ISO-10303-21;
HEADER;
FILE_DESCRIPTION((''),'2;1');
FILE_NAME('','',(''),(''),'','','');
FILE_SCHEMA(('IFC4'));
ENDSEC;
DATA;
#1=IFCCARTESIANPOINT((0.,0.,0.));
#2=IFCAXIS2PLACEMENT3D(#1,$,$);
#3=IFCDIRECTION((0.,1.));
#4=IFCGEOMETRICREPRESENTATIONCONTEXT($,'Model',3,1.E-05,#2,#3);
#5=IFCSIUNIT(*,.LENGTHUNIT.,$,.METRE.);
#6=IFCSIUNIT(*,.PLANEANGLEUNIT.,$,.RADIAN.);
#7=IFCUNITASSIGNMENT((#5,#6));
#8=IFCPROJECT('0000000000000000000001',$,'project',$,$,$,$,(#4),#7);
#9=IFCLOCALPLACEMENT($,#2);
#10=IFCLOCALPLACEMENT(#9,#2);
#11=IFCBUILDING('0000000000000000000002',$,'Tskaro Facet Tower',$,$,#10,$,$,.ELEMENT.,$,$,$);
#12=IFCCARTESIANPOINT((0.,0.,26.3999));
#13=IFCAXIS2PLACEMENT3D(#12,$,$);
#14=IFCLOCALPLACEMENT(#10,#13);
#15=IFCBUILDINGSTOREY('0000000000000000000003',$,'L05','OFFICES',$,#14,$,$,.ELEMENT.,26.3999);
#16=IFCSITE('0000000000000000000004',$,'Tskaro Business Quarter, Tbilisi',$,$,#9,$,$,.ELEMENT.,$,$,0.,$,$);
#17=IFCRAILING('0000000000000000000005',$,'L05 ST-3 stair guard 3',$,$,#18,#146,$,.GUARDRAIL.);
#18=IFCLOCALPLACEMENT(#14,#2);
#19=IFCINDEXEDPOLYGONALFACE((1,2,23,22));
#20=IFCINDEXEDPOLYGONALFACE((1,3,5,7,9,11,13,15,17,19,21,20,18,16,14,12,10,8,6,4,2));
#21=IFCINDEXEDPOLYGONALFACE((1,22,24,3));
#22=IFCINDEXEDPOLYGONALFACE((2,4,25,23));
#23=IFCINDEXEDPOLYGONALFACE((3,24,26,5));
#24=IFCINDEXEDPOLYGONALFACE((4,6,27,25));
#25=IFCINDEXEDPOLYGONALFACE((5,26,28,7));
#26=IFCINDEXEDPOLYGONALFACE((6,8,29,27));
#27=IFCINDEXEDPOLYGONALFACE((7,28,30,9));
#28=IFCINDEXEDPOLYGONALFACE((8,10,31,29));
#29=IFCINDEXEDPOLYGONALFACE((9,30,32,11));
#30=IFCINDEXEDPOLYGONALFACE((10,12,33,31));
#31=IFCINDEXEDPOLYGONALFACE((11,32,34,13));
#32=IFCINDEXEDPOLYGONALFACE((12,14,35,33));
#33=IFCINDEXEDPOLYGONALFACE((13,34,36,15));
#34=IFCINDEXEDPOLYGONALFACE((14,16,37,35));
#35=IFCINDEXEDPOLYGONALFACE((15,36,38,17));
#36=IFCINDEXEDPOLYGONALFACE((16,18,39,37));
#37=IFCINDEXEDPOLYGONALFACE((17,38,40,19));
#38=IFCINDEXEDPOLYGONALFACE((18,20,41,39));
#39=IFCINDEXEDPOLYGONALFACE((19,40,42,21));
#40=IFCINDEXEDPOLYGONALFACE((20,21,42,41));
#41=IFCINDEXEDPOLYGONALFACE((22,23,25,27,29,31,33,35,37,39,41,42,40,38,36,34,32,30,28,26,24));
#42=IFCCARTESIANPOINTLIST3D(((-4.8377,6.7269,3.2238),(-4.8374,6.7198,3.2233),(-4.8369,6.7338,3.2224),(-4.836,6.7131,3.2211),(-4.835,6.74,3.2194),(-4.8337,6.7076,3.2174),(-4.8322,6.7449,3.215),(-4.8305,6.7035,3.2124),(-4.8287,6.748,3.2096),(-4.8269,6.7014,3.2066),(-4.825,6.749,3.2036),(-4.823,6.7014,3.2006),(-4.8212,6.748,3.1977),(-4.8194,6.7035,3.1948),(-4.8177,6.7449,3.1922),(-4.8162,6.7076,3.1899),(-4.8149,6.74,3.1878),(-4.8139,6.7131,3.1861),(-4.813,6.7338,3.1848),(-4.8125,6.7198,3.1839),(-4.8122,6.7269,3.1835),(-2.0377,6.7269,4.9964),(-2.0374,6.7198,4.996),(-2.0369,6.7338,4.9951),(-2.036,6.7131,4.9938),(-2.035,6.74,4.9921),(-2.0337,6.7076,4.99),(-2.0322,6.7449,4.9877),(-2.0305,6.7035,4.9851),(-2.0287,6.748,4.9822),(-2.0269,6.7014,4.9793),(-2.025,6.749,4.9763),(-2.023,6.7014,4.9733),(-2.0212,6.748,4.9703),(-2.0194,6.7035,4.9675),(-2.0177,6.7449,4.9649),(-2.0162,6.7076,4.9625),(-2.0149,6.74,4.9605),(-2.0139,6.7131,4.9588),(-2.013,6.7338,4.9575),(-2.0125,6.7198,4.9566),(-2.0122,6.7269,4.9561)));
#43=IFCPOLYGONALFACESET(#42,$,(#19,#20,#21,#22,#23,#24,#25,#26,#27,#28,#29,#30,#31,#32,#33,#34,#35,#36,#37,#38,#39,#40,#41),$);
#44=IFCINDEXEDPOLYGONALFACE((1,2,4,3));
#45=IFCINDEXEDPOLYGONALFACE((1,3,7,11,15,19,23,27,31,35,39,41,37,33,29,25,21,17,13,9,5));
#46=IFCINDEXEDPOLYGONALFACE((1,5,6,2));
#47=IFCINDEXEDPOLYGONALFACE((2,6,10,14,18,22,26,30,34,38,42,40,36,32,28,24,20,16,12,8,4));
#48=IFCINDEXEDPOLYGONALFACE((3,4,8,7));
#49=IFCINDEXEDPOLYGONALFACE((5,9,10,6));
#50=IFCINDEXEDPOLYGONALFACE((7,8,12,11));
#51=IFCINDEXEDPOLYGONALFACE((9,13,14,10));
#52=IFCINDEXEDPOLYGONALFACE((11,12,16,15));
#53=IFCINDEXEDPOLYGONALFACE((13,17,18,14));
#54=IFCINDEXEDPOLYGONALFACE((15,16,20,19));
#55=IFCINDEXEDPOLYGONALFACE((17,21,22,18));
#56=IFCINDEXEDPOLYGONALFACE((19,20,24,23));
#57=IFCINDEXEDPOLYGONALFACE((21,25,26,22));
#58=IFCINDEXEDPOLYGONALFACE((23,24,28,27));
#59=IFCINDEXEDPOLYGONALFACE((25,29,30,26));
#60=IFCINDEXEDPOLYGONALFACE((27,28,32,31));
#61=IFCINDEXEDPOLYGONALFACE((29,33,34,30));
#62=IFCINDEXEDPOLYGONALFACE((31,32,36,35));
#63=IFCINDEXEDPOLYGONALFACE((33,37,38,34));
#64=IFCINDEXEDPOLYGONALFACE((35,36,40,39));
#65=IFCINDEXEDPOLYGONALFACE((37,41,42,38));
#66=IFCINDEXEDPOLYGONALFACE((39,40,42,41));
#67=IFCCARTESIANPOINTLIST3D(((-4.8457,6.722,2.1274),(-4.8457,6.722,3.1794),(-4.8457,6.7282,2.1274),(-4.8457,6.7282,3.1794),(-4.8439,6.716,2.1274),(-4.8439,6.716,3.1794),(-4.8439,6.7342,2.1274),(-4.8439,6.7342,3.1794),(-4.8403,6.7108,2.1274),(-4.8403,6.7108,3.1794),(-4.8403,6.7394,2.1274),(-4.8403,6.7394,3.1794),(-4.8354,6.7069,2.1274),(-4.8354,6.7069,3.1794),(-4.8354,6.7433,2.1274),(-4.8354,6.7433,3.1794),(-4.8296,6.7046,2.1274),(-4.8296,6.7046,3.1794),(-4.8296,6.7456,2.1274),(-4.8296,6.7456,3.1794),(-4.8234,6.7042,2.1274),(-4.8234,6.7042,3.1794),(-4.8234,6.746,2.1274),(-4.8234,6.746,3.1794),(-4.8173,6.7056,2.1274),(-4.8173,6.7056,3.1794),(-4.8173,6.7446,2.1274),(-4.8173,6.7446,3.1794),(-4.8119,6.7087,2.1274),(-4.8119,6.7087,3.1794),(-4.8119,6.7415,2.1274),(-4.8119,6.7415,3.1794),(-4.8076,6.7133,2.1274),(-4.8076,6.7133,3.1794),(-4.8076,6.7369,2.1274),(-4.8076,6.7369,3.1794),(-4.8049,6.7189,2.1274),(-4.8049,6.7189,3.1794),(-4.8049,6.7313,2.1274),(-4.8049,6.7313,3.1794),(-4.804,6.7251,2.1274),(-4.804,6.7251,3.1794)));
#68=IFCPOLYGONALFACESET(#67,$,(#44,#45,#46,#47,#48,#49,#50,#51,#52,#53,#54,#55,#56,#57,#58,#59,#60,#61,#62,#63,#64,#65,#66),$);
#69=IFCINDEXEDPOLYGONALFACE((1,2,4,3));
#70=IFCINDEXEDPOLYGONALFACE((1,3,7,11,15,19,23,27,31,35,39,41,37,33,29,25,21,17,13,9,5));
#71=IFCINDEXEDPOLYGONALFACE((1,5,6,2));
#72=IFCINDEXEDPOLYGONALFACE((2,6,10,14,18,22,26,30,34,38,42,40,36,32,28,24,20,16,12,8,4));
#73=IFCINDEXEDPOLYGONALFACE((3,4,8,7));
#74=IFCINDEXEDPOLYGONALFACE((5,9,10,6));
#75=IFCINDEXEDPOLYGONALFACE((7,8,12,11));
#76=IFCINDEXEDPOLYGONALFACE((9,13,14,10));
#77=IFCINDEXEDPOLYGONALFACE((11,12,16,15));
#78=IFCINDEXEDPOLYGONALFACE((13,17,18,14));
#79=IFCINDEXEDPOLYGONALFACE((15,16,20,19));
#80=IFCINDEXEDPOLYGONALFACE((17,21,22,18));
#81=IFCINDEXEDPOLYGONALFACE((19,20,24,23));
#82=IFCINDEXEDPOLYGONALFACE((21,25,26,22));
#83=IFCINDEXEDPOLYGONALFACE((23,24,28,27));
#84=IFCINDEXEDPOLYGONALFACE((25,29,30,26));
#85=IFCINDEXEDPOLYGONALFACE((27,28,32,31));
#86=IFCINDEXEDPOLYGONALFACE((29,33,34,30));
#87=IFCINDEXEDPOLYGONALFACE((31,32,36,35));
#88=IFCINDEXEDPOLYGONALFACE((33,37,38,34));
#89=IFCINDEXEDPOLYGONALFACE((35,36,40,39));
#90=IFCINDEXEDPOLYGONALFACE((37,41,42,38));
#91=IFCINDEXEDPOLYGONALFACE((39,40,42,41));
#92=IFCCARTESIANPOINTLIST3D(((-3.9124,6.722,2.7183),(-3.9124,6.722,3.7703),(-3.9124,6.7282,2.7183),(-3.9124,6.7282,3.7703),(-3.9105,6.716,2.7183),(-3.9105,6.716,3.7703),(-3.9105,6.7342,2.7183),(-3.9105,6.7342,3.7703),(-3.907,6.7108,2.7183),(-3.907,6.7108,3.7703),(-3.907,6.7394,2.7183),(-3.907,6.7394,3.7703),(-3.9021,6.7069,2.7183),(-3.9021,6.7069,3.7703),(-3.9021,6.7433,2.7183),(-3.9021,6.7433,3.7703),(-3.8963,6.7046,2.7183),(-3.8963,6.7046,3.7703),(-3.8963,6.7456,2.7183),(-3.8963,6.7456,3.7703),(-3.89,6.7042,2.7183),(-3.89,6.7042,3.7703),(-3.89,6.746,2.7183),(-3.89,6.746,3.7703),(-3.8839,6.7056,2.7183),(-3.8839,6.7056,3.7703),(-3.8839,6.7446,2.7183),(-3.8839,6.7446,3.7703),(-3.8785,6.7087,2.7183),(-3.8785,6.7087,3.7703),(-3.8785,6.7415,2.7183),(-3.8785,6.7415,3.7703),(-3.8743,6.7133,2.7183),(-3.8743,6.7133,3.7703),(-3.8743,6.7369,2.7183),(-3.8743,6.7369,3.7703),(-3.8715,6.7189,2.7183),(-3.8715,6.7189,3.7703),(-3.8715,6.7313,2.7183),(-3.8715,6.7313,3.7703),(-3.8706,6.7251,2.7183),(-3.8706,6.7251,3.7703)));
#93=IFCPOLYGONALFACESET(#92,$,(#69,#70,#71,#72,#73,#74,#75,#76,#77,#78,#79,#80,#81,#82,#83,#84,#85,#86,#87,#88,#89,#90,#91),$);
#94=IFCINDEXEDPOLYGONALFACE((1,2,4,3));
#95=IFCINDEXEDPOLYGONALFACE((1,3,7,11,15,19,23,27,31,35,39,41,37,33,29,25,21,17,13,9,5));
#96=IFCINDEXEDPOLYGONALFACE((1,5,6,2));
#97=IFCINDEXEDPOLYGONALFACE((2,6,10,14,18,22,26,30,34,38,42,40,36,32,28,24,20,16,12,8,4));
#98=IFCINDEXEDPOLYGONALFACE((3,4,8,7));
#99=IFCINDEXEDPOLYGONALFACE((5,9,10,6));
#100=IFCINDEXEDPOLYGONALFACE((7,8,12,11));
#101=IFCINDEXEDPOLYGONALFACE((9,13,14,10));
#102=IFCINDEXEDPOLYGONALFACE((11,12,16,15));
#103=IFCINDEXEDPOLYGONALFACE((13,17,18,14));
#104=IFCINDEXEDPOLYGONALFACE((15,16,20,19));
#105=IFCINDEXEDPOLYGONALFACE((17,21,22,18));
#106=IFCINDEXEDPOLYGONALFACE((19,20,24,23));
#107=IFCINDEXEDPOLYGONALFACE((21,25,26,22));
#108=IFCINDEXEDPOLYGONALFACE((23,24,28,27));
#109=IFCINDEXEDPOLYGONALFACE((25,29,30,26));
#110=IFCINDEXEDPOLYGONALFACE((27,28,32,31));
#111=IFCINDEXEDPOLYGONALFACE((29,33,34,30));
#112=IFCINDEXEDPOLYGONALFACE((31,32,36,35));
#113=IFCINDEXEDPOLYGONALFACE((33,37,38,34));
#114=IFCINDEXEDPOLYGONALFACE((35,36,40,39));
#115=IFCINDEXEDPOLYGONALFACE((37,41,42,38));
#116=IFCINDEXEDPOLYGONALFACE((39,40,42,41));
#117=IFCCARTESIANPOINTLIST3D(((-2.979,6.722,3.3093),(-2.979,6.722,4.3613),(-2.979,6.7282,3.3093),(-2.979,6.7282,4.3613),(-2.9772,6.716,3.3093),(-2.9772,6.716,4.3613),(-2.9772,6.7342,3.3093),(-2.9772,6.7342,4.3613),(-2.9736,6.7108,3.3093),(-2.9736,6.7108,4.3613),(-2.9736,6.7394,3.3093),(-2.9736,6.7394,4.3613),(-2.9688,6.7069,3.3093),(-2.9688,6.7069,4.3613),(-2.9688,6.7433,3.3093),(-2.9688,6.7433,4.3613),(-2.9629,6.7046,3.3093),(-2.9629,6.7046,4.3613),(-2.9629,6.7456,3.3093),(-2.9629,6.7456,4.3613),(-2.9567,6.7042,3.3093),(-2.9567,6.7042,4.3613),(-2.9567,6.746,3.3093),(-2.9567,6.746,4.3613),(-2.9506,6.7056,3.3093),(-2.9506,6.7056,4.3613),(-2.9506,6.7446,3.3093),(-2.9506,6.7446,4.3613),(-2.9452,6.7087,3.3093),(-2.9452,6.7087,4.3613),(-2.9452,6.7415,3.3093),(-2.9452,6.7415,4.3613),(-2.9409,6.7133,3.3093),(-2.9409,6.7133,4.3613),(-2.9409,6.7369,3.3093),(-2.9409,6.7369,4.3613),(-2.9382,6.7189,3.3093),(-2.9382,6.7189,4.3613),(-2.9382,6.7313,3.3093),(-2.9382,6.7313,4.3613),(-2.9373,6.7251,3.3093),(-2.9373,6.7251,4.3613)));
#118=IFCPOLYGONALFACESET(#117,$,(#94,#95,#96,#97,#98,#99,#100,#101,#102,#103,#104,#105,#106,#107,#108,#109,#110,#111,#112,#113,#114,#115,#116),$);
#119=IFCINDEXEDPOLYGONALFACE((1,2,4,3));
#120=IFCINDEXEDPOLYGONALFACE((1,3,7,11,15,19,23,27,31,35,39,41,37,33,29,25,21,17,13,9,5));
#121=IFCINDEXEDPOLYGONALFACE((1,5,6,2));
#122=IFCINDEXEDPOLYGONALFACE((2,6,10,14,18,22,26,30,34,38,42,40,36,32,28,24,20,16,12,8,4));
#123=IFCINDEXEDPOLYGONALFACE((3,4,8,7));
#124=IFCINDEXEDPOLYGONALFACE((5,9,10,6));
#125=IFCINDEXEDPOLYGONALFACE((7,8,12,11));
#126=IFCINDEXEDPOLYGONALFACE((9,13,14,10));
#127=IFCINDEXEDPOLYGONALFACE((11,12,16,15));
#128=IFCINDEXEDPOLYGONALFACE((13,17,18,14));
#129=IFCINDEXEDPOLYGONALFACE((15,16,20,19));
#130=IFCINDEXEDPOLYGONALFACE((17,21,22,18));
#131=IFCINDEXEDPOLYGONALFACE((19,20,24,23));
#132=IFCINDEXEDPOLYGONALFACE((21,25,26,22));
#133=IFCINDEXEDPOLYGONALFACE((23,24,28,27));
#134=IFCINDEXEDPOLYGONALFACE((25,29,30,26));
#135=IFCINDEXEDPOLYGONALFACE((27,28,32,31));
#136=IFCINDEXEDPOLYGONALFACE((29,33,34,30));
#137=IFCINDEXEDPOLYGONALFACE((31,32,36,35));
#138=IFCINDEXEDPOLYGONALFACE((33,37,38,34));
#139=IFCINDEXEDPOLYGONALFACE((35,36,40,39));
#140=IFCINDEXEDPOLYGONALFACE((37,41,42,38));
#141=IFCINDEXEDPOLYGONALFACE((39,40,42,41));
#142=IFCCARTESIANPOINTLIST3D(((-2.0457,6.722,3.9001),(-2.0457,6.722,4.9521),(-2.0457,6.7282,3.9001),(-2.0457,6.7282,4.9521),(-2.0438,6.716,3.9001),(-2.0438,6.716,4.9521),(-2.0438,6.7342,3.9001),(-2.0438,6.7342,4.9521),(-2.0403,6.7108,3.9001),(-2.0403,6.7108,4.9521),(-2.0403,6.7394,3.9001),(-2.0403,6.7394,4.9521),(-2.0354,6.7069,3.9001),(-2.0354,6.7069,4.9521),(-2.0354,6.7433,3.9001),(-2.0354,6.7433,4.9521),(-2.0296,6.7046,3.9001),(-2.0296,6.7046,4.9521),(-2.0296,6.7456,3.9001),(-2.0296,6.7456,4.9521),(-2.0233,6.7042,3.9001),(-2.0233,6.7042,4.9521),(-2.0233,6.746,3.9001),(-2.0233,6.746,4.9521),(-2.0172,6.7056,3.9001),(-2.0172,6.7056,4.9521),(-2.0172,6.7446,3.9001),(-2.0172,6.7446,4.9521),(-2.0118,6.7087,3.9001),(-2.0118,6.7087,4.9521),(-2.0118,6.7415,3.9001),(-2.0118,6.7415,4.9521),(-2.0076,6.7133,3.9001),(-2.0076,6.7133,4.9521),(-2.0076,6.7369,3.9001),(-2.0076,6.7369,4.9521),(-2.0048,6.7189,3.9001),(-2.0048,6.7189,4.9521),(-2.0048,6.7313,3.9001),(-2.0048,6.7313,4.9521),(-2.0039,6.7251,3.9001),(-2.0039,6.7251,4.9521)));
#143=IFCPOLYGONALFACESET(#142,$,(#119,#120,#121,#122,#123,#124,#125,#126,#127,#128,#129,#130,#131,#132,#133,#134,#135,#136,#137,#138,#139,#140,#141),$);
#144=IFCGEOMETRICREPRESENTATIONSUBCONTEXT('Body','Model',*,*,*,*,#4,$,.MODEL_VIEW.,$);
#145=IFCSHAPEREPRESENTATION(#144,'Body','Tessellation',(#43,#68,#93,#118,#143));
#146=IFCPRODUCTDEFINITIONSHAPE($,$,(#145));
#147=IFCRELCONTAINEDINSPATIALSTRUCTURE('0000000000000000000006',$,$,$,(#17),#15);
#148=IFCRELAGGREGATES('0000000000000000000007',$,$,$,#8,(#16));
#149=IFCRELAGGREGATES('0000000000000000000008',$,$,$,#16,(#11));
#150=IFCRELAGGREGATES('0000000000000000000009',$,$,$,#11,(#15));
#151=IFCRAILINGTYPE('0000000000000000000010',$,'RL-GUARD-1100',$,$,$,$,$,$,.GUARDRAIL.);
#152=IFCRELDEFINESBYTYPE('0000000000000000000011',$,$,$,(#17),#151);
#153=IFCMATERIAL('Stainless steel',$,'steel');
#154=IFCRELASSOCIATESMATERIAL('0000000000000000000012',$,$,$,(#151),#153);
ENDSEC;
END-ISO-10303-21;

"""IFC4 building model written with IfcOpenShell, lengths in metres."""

from ifc_helpers import new_model, si_unit, direction, frame, origin, origin_2d, place, context, subcontext, project, spatial, circle, extrude, material, type_object, element, save


model = new_model("IFC4")

# Units and contexts
model_context = context("Model", 3, precision=1e-05, world=origin(), true_north=direction((0.0, 1.0)))
body_context = subcontext(model_context, "Body", "Model", "MODEL_VIEW")
ifc_project = project(units=[si_unit("LENGTHUNIT", "METRE"), si_unit("PLANEANGLEUNIT", "RADIAN")], contexts=[model_context])

# Site, building, storey
site_placement = place(None, origin())
site = spatial("IfcSite", under=ifc_project, at=site_placement, Name="Tskaro Business Quarter, Tbilisi", CompositionType="ELEMENT", RefElevation=0.0)
building_placement = place(site_placement, origin())
building = spatial("IfcBuilding", under=site, at=building_placement, Name="Tskaro Facet Tower", CompositionType="ELEMENT")
storey_placement = place(building_placement, frame((0.0, 0.0, 26.3999)))
storey = spatial("IfcBuildingStorey", under=building, at=storey_placement, Name="L05", Description="OFFICES", CompositionType="ELEMENT", Elevation=26.3999)

# Railing
ifc_material_1 = material(Name="Stainless steel", Category="steel")
railing_type_1 = type_object("IfcRailingType", Name="RL-GUARD-1100", PredefinedType="GUARDRAIL", material=ifc_material_1)
railing_1_placement = place(storey_placement, frame((-4.825, 6.7251, 2.1274)))
element("IfcRailing", 1, at=railing_1_placement, inside=storey, type_object=railing_type_1, Name="L05 ST-3 stair guard 3", PredefinedType="GUARDRAIL", context=body_context, shape_type="SweptSolid", body=[
    extrude(circle(Radius=0.0239, at=origin_2d()), frame((0.0, 0.0, 1.0762), z_axis=(0.844909, 0.0, 0.53491), x_axis=(0.0, 1.0, 0.0)), (0.0, 0.0, 1.0), 3.314),
    extrude(circle(Radius=0.021, at=origin_2d()), origin(), (0.0, 0.0, 1.0), 1.052),
    extrude(circle(Radius=0.021, at=origin_2d()), frame((0.9333, 0.0, 0.5908)), (0.0, 0.0, 1.0), 1.052),
    extrude(circle(Radius=0.021, at=origin_2d()), frame((1.8667, 0.0, 1.1819)), (0.0, 0.0, 1.0), 1.052),
    extrude(circle(Radius=0.021, at=origin_2d()), frame((2.8, 0.0, 1.7727)), (0.0, 0.0, 1.0), 1.052),
])

save(model, "model.ifc")
